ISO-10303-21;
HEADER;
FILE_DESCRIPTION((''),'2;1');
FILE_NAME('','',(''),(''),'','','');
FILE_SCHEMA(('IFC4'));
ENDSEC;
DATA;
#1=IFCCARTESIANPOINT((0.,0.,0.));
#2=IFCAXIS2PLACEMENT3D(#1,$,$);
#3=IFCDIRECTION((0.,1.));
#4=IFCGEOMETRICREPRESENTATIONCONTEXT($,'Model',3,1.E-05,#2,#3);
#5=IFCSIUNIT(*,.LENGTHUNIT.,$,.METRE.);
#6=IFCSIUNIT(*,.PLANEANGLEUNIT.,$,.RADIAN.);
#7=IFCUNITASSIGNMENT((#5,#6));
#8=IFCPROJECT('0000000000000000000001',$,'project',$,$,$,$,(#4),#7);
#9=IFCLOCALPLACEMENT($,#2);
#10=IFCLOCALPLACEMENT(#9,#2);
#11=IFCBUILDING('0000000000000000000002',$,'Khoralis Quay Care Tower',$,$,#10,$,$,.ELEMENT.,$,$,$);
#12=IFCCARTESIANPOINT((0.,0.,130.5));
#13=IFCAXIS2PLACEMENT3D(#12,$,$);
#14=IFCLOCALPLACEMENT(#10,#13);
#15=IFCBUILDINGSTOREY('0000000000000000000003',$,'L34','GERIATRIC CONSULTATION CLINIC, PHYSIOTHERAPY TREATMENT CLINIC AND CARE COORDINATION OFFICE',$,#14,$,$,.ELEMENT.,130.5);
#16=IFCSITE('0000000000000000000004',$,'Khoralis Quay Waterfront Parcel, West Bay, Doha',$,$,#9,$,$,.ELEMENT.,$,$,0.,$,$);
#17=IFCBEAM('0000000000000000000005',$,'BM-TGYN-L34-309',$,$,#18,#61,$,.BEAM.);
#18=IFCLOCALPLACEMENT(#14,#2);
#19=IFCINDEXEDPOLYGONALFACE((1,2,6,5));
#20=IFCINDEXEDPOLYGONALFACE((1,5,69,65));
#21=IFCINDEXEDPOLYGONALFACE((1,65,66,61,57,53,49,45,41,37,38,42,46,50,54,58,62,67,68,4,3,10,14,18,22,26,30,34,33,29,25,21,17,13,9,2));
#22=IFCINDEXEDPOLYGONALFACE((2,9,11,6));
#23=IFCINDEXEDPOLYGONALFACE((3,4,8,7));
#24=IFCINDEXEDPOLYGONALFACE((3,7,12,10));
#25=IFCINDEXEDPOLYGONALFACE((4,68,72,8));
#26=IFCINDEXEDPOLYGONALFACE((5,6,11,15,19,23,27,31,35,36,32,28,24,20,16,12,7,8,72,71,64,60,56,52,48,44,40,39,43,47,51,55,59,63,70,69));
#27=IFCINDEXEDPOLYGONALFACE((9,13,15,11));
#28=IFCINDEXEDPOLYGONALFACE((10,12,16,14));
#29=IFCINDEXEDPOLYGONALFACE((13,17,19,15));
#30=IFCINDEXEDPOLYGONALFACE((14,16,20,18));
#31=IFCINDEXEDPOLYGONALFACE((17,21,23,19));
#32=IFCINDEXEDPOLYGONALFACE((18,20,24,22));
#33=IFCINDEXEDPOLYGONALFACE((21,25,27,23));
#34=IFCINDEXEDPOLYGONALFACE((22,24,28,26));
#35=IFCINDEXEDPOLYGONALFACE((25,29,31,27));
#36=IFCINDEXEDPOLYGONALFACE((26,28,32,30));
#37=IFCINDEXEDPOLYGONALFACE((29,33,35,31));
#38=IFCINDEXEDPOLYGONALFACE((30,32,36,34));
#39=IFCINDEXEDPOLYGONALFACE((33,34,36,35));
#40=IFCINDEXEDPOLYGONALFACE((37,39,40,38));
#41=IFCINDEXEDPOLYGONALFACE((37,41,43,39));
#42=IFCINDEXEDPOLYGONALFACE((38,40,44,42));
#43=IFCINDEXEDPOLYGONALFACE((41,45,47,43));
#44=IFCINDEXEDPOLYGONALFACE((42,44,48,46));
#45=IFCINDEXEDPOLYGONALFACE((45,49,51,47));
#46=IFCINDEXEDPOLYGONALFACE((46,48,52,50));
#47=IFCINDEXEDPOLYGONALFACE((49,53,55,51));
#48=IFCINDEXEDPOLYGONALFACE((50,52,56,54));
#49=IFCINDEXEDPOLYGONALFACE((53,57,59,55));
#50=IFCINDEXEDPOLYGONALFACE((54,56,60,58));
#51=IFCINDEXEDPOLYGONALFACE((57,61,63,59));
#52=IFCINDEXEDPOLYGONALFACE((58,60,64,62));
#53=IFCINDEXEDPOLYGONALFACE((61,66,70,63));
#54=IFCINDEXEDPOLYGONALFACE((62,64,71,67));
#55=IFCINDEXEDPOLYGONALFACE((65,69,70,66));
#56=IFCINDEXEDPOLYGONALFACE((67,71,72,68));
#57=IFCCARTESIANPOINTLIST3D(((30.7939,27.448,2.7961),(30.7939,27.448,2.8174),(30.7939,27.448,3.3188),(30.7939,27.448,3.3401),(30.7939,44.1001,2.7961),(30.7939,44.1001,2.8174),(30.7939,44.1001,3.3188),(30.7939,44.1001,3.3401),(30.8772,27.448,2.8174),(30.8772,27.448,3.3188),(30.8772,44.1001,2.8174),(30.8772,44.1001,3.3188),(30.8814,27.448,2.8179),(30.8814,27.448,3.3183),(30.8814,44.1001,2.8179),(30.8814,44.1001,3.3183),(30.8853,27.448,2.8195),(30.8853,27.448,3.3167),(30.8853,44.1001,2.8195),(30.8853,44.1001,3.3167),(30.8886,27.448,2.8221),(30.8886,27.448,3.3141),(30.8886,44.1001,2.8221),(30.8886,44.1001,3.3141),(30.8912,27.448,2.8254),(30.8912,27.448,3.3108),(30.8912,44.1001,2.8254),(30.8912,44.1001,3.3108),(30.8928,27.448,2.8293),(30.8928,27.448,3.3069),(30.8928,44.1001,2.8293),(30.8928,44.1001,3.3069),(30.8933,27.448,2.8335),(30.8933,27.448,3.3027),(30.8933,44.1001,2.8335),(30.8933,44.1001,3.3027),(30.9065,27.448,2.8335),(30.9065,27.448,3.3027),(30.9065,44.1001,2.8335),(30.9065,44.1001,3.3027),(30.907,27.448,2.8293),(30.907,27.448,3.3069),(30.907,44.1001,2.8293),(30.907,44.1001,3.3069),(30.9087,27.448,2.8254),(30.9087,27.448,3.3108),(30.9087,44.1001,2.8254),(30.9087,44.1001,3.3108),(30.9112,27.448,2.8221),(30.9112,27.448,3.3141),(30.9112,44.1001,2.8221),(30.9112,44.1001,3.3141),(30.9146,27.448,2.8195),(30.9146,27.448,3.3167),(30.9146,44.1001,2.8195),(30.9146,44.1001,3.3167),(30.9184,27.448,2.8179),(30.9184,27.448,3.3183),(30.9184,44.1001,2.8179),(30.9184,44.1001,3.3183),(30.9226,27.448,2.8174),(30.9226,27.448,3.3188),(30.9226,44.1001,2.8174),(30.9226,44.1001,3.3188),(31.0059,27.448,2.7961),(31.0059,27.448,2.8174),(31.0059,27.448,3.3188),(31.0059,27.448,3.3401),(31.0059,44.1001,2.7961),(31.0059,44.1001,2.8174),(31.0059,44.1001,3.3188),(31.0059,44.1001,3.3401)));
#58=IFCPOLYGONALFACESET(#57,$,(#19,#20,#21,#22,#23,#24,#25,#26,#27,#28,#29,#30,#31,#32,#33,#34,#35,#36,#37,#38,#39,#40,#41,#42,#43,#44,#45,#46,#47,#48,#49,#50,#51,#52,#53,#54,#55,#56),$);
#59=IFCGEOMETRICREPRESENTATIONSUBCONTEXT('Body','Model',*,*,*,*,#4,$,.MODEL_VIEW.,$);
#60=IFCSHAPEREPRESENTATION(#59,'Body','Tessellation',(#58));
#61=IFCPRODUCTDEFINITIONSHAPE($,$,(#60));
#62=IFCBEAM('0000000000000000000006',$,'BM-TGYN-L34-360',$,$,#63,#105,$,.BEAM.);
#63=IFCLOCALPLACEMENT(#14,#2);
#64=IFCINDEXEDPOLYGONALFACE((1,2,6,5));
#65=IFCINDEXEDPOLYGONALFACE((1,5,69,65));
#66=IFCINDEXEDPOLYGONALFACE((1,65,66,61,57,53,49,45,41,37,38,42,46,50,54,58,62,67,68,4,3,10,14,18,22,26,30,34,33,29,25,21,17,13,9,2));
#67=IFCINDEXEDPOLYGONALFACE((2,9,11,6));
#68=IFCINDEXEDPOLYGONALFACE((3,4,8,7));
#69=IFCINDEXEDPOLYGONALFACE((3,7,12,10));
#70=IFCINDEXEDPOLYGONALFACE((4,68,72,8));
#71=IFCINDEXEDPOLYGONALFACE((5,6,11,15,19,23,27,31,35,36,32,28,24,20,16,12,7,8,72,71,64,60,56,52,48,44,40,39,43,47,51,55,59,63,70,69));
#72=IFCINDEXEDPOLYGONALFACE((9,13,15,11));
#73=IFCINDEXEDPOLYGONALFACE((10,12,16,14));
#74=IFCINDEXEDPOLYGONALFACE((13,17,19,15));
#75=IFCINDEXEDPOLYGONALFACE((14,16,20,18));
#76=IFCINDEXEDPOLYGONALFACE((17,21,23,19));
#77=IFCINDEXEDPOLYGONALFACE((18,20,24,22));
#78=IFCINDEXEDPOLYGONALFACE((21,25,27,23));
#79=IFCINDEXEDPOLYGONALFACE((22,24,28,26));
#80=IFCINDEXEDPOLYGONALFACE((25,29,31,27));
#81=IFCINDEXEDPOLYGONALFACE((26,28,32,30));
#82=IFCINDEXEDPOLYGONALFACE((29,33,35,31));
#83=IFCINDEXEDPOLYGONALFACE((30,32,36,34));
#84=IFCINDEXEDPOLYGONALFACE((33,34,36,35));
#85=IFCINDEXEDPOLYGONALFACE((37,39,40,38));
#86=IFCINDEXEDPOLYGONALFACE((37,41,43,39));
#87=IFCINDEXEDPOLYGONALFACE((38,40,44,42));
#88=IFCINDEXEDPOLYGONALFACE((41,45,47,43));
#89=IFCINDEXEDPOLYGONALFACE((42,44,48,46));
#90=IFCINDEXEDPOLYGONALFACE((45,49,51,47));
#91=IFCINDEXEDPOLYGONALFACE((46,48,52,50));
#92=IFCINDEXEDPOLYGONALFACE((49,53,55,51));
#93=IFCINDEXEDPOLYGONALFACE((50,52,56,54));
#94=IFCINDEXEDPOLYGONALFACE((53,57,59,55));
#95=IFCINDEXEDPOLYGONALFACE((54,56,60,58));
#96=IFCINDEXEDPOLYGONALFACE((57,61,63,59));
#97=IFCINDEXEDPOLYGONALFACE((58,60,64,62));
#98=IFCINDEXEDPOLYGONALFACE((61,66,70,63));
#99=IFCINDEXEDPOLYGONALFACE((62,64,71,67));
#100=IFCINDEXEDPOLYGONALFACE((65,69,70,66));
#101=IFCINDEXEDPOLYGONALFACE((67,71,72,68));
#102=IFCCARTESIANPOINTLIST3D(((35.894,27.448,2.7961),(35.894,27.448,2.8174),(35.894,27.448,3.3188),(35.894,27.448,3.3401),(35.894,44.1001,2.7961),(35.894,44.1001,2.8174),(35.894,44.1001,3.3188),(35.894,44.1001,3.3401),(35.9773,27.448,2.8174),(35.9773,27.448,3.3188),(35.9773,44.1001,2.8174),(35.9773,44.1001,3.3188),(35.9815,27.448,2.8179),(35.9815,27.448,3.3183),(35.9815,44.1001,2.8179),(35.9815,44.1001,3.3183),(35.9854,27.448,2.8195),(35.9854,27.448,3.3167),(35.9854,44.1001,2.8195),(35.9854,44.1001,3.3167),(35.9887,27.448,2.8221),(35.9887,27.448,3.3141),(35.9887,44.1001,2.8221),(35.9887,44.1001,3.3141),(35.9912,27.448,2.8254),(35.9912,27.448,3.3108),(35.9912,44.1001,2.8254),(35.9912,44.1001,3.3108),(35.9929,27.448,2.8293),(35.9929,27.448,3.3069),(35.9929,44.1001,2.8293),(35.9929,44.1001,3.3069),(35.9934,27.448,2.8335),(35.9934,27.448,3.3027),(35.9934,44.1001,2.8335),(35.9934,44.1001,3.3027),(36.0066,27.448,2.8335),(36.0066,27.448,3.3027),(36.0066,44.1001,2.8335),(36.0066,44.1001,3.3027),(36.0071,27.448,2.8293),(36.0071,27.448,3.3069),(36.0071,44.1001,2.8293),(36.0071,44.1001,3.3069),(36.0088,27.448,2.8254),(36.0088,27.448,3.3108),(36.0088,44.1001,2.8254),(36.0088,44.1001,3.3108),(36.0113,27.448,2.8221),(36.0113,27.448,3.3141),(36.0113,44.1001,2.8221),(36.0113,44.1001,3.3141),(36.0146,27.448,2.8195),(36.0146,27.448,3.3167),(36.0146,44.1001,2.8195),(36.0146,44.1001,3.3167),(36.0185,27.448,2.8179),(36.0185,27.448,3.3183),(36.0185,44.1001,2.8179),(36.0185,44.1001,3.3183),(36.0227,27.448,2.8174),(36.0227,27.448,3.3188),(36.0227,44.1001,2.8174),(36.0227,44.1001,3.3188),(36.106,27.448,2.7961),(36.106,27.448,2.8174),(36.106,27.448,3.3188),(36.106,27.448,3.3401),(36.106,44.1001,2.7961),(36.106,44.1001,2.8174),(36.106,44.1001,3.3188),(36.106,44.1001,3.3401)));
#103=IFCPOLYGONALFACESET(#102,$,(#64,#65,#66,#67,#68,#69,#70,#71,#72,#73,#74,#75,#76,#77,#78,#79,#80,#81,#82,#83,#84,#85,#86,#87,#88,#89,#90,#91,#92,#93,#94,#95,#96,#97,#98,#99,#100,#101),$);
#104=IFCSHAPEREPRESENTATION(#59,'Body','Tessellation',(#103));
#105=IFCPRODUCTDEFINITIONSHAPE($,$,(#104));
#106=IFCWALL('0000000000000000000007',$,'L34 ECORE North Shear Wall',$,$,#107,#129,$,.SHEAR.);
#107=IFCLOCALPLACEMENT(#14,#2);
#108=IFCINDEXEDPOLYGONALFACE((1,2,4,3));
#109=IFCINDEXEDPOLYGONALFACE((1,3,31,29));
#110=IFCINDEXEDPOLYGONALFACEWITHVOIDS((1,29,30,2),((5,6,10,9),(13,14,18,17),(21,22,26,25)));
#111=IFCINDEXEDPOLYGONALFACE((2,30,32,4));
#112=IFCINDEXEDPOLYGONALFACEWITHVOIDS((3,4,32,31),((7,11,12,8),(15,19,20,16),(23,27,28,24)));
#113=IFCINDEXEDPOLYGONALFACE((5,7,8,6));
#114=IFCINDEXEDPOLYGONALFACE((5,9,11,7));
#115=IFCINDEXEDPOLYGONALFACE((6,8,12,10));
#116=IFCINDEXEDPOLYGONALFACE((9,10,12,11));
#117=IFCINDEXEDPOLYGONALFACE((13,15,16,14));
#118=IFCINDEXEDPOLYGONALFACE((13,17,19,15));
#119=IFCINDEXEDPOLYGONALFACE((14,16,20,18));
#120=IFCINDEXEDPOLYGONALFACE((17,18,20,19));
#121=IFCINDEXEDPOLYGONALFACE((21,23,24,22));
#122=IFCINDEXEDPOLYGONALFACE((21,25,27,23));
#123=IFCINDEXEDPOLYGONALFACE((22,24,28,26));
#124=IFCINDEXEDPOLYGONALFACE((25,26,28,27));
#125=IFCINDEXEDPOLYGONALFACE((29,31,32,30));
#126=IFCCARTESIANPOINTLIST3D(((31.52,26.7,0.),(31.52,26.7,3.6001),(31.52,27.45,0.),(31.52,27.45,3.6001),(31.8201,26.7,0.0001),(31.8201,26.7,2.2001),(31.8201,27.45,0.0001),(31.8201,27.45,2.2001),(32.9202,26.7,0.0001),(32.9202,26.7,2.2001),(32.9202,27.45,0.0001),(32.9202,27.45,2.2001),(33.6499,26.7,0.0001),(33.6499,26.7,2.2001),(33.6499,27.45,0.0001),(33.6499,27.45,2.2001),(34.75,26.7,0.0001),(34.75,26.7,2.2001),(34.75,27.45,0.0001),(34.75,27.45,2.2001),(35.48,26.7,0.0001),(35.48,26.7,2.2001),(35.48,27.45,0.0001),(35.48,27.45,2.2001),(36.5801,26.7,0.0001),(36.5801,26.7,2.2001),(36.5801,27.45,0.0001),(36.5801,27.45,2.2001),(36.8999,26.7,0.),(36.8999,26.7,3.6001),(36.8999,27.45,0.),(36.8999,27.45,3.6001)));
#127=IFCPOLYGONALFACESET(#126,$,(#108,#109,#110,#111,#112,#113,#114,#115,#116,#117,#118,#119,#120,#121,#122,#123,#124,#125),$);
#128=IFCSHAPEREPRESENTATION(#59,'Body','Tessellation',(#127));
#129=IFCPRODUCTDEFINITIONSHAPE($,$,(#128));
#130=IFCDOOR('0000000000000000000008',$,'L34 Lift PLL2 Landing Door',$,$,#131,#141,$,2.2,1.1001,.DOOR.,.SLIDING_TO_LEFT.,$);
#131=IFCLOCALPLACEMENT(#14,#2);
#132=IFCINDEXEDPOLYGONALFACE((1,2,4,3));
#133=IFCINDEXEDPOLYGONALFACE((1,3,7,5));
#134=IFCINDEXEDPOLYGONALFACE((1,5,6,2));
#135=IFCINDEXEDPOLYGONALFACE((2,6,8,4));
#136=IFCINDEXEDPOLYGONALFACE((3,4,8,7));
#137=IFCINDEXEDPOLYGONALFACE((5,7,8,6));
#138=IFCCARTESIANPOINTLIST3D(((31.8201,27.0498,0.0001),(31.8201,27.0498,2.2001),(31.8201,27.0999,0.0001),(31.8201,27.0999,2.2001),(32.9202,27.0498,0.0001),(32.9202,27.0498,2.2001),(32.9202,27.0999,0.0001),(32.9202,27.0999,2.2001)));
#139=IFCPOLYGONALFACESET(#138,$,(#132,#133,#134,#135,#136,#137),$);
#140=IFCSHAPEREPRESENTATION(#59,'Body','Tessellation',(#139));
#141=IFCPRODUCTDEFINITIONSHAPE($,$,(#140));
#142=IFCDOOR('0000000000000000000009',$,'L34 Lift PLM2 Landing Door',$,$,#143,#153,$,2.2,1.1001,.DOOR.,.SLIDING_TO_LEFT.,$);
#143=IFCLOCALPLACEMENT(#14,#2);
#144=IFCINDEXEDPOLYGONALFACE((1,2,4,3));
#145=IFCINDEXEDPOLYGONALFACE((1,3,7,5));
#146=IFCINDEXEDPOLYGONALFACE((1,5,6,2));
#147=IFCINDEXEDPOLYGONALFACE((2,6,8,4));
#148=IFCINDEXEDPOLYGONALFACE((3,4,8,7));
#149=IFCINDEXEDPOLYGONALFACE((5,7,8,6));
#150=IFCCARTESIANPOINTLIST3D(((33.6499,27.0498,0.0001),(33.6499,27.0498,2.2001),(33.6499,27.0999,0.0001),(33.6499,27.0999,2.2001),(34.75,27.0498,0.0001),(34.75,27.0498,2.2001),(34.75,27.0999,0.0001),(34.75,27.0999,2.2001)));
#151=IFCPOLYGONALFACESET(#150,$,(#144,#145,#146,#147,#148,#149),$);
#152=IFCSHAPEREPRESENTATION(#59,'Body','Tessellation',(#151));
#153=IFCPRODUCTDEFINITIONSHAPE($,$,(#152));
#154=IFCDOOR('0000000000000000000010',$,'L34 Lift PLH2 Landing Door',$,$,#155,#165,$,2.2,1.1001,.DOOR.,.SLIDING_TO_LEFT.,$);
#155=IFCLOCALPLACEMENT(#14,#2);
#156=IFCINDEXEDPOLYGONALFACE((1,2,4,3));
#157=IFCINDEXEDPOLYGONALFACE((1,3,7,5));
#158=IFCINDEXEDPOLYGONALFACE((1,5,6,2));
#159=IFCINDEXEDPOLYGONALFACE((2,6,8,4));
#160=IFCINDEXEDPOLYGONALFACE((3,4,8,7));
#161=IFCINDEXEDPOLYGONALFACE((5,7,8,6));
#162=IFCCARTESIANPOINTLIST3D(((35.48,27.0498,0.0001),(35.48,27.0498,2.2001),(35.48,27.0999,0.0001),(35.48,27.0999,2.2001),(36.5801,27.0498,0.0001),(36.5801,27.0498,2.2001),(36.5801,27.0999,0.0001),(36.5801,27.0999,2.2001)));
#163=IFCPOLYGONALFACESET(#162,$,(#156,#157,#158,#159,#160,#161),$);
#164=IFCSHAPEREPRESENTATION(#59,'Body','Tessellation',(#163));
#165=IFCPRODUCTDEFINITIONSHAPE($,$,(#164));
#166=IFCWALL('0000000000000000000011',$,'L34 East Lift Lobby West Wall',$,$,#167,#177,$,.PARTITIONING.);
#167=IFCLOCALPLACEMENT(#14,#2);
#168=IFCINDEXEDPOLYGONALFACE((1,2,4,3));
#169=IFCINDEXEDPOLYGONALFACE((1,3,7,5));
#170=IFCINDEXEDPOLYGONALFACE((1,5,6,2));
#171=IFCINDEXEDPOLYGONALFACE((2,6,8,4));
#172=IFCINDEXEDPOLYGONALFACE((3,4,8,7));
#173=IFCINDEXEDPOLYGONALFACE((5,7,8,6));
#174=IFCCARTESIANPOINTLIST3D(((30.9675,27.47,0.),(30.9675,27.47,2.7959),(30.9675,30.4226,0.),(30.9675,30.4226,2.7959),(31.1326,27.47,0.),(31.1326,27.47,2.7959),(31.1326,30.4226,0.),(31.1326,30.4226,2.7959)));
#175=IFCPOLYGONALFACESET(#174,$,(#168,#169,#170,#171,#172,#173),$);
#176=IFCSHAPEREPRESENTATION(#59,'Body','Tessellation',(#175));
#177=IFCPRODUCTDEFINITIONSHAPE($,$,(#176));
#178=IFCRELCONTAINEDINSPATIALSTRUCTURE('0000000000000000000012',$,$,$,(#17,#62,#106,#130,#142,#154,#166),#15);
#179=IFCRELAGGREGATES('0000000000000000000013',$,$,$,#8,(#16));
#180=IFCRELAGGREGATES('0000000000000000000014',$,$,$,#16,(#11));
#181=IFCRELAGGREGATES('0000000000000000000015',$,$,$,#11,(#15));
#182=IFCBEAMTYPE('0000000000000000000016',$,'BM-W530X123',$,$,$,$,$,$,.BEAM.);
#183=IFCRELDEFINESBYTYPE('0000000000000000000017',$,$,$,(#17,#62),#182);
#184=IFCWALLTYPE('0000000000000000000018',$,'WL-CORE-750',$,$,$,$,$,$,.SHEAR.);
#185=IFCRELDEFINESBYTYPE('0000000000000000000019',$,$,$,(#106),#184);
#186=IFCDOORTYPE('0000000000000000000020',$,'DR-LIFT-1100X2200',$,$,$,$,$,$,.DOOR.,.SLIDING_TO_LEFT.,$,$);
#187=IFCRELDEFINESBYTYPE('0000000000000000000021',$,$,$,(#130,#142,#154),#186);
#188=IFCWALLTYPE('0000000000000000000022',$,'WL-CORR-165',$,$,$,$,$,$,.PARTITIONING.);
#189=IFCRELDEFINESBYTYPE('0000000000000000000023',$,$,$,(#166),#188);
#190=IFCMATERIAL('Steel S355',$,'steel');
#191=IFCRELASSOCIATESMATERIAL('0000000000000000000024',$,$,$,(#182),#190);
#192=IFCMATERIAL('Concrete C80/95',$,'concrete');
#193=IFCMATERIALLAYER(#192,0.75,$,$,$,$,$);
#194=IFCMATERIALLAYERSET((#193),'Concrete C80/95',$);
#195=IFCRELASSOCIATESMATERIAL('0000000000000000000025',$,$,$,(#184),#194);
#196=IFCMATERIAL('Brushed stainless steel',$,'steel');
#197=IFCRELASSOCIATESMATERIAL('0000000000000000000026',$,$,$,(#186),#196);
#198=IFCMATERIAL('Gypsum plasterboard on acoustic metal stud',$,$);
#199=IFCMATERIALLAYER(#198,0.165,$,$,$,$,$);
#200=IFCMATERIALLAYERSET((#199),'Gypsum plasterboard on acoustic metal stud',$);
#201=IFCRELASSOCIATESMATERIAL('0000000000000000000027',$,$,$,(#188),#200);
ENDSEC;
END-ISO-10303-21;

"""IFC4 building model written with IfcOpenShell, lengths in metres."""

from ifc_helpers import new_model, si_unit, direction, frame, frame_2d, origin, origin_2d, place, context, subcontext, project, spatial, rectangle, i_section, extrude, source, transform, mapped, material, layer, layer_set, material_profile, profile_set, type_object, element, fill, save


model = new_model("IFC4")

# Units and contexts
model_context = context("Model", 3, precision=1e-05, world=origin(), true_north=direction((0.0, 1.0)))
body_context = subcontext(model_context, "Body", "Model", "MODEL_VIEW")
ifc_project = project(units=[si_unit("LENGTHUNIT", "METRE"), si_unit("PLANEANGLEUNIT", "RADIAN")], contexts=[model_context])

# Site, building, storey
site_placement = place(None, origin())
site = spatial("IfcSite", under=ifc_project, at=site_placement, Name="Khoralis Quay Waterfront Parcel, West Bay, Doha", CompositionType="ELEMENT", RefElevation=0.0)
building_placement = place(site_placement, origin())
building = spatial("IfcBuilding", under=site, at=building_placement, Name="Khoralis Quay Care Tower", CompositionType="ELEMENT")
storey_placement = place(building_placement, frame((0.0, 0.0, 130.5)))
storey = spatial("IfcBuildingStorey", under=building, at=storey_placement, Name="L34", Description="GERIATRIC CONSULTATION CLINIC, PHYSIOTHERAPY TREATMENT CLINIC AND CARE COORDINATION OFFICE", CompositionType="ELEMENT", Elevation=130.5)

# Beams
ifc_material_1 = material(Name="Steel S355", Category="steel")
ifc_material_profile_1 = material_profile(ifc_material_1, i_section(OverallWidth=0.2119, OverallDepth=0.5439, WebThickness=0.0132, FlangeThickness=0.0212, FilletRadius=0.0161, at=origin_2d()), Name="Steel S355")
ifc_profile_set_1 = profile_set([ifc_material_profile_1], Name="Steel S355")
beam_type_1 = type_object("IfcBeamType", Name="BM-W530X123", PredefinedType="BEAM", material=ifc_profile_set_1)
shared_shape_1 = source(origin(), body_context, "Body", "SweptSolid", [
    extrude(i_section(OverallWidth=0.2119, OverallDepth=0.5439, WebThickness=0.0132, FlangeThickness=0.0212, FilletRadius=0.0161, at=origin_2d()), origin(), (0.0, 0.0, 1.0), 16.6521),
])
for number, where, z_axis, x_axis, name in (
    (1, (30.8999, 27.448, 3.0681), (0.0, 1.0, 0.0), (-1.0, 0.0, 0.0), "BM-TGYN-L34-309"),
    (2, (36.0, 27.448, 3.0681), (0.0, 1.0, 0.0), (-1.0, 0.0, 0.0), "BM-TGYN-L34-360"),
):
    element("IfcBeam", number, at=place(storey_placement, frame(where, z_axis=z_axis, x_axis=x_axis)), inside=storey, type_object=beam_type_1, Name=name, PredefinedType="BEAM", context=body_context, shape_type="MappedRepresentation", body=[
        mapped(shared_shape_1, transform((0.0, 0.0, 0.0), scale=1.0)),
    ])

# Wall, openings, doors
ifc_material_2 = material(Name="Concrete C80/95", Category="concrete")
ifc_layer_1 = layer(ifc_material_2, 0.75)
ifc_layer_set_1 = layer_set([ifc_layer_1], Name="Concrete C80/95")
wall_type_1 = type_object("IfcWallType", Name="WL-CORE-750", PredefinedType="SHEAR", material=ifc_layer_set_1)
wall_1_placement = place(storey_placement, frame((31.52, 27.075, 0.0), z_axis=(0.0, 0.0, 1.0), x_axis=(1.0, 0.0, 0.0)))
wall_1 = element("IfcWall", 3, at=wall_1_placement, inside=storey, type_object=wall_type_1, Name="L34 ECORE North Shear Wall", PredefinedType="SHEAR", context=body_context, shape_type="SweptSolid", body=[
    extrude(rectangle(XDim=5.3799, YDim=0.75, at=frame_2d((2.6899, 0.0))), origin(), (0.0, 0.0, 1.0), 3.6001),
])
opening_1_placement = place(wall_1_placement, frame((0.3, 0.0, 0.0)))
opening_1 = element("IfcOpeningElement", 4, at=opening_1_placement, cuts=wall_1, PredefinedType="OPENING", context=body_context, shape_type="SweptSolid", body=[
    extrude(rectangle(XDim=1.1001, YDim=2.2, at=frame_2d((0.55, 1.1001))), frame((0.0, 0.385, 0.0), z_axis=(0.0, -1.0, 0.0), x_axis=(1.0, 0.0, 0.0)), (0.0, 0.0, 1.0), 0.77),
])
opening_2_placement = place(wall_1_placement, frame((2.1299, 0.0, 0.0)))
opening_2 = element("IfcOpeningElement", 5, at=opening_2_placement, cuts=wall_1, PredefinedType="OPENING", context=body_context, shape_type="SweptSolid", body=[
    extrude(rectangle(XDim=1.1001, YDim=2.2, at=frame_2d((0.55, 1.1001))), frame((0.0, 0.385, 0.0), z_axis=(0.0, -1.0, 0.0), x_axis=(1.0, 0.0, 0.0)), (0.0, 0.0, 1.0), 0.77),
])
opening_3_placement = place(wall_1_placement, frame((3.96, 0.0, 0.0)))
opening_3 = element("IfcOpeningElement", 6, at=opening_3_placement, cuts=wall_1, PredefinedType="OPENING", context=body_context, shape_type="SweptSolid", body=[
    extrude(rectangle(XDim=1.1001, YDim=2.2, at=frame_2d((0.55, 1.1001))), frame((0.0, 0.385, 0.0), z_axis=(0.0, -1.0, 0.0), x_axis=(1.0, 0.0, 0.0)), (0.0, 0.0, 1.0), 0.77),
])
ifc_material_3 = material(Name="Brushed stainless steel", Category="steel")
door_type = type_object("IfcDoorType", Name="DR-LIFT-1100X2200", OperationType="SLIDING_TO_LEFT", PredefinedType="DOOR", material=ifc_material_3)
shared_shape_2 = source(origin(), body_context, "Body", "SweptSolid", [
    extrude(rectangle(XDim=1.1001, YDim=2.2, at=frame_2d((0.55, 1.1001))), frame((0.0, 0.0249, 0.0), z_axis=(0.0, -1.0, 0.0), x_axis=(1.0, 0.0, 0.0)), (0.0, 0.0, 1.0), 0.05),
])
door_1_placement = place(opening_1_placement, origin())
door_1 = element("IfcDoor", 7, at=door_1_placement, inside=storey, type_object=door_type, Name="L34 Lift PLL2 Landing Door", OperationType="SLIDING_TO_LEFT", OverallHeight=2.2, OverallWidth=1.1001, PredefinedType="DOOR", context=body_context, shape_type="MappedRepresentation", body=[
    mapped(shared_shape_2, transform((0.0, 0.0, 0.0), scale=1.0)),
])
fill(opening_1, door_1)
door_2_placement = place(opening_2_placement, origin())
door_2 = element("IfcDoor", 8, at=door_2_placement, inside=storey, type_object=door_type, Name="L34 Lift PLM2 Landing Door", OperationType="SLIDING_TO_LEFT", OverallHeight=2.2, OverallWidth=1.1001, PredefinedType="DOOR", context=body_context, shape_type="MappedRepresentation", body=[
    mapped(shared_shape_2, transform((0.0, 0.0, 0.0), scale=1.0)),
])
fill(opening_2, door_2)
door_3_placement = place(opening_3_placement, origin())
door_3 = element("IfcDoor", 9, at=door_3_placement, inside=storey, type_object=door_type, Name="L34 Lift PLH2 Landing Door", OperationType="SLIDING_TO_LEFT", OverallHeight=2.2, OverallWidth=1.1001, PredefinedType="DOOR", context=body_context, shape_type="MappedRepresentation", body=[
    mapped(shared_shape_2, transform((0.0, 0.0, 0.0), scale=1.0)),
])
fill(opening_3, door_3)

# Wall
ifc_material_4 = material(Name="Gypsum plasterboard on acoustic metal stud")
ifc_layer_2 = layer(ifc_material_4, 0.165)
ifc_layer_set_2 = layer_set([ifc_layer_2], Name="Gypsum plasterboard on acoustic metal stud")
wall_type_2 = type_object("IfcWallType", Name="WL-CORR-165", PredefinedType="PARTITIONING", material=ifc_layer_set_2)
wall_2_placement = place(storey_placement, frame((31.05, 27.47, 0.0), z_axis=(0.0, 0.0, 1.0), x_axis=(0.0, 1.0, 0.0)))
element("IfcWall", 10, at=wall_2_placement, inside=storey, type_object=wall_type_2, Name="L34 East Lift Lobby West Wall", PredefinedType="PARTITIONING", context=body_context, shape_type="SweptSolid", body=[
    extrude(rectangle(XDim=2.9526, YDim=0.165, at=frame_2d((1.4763, 0.0))), origin(), (0.0, 0.0, 1.0), 2.7959),
])

save(model, "model.ifc")
